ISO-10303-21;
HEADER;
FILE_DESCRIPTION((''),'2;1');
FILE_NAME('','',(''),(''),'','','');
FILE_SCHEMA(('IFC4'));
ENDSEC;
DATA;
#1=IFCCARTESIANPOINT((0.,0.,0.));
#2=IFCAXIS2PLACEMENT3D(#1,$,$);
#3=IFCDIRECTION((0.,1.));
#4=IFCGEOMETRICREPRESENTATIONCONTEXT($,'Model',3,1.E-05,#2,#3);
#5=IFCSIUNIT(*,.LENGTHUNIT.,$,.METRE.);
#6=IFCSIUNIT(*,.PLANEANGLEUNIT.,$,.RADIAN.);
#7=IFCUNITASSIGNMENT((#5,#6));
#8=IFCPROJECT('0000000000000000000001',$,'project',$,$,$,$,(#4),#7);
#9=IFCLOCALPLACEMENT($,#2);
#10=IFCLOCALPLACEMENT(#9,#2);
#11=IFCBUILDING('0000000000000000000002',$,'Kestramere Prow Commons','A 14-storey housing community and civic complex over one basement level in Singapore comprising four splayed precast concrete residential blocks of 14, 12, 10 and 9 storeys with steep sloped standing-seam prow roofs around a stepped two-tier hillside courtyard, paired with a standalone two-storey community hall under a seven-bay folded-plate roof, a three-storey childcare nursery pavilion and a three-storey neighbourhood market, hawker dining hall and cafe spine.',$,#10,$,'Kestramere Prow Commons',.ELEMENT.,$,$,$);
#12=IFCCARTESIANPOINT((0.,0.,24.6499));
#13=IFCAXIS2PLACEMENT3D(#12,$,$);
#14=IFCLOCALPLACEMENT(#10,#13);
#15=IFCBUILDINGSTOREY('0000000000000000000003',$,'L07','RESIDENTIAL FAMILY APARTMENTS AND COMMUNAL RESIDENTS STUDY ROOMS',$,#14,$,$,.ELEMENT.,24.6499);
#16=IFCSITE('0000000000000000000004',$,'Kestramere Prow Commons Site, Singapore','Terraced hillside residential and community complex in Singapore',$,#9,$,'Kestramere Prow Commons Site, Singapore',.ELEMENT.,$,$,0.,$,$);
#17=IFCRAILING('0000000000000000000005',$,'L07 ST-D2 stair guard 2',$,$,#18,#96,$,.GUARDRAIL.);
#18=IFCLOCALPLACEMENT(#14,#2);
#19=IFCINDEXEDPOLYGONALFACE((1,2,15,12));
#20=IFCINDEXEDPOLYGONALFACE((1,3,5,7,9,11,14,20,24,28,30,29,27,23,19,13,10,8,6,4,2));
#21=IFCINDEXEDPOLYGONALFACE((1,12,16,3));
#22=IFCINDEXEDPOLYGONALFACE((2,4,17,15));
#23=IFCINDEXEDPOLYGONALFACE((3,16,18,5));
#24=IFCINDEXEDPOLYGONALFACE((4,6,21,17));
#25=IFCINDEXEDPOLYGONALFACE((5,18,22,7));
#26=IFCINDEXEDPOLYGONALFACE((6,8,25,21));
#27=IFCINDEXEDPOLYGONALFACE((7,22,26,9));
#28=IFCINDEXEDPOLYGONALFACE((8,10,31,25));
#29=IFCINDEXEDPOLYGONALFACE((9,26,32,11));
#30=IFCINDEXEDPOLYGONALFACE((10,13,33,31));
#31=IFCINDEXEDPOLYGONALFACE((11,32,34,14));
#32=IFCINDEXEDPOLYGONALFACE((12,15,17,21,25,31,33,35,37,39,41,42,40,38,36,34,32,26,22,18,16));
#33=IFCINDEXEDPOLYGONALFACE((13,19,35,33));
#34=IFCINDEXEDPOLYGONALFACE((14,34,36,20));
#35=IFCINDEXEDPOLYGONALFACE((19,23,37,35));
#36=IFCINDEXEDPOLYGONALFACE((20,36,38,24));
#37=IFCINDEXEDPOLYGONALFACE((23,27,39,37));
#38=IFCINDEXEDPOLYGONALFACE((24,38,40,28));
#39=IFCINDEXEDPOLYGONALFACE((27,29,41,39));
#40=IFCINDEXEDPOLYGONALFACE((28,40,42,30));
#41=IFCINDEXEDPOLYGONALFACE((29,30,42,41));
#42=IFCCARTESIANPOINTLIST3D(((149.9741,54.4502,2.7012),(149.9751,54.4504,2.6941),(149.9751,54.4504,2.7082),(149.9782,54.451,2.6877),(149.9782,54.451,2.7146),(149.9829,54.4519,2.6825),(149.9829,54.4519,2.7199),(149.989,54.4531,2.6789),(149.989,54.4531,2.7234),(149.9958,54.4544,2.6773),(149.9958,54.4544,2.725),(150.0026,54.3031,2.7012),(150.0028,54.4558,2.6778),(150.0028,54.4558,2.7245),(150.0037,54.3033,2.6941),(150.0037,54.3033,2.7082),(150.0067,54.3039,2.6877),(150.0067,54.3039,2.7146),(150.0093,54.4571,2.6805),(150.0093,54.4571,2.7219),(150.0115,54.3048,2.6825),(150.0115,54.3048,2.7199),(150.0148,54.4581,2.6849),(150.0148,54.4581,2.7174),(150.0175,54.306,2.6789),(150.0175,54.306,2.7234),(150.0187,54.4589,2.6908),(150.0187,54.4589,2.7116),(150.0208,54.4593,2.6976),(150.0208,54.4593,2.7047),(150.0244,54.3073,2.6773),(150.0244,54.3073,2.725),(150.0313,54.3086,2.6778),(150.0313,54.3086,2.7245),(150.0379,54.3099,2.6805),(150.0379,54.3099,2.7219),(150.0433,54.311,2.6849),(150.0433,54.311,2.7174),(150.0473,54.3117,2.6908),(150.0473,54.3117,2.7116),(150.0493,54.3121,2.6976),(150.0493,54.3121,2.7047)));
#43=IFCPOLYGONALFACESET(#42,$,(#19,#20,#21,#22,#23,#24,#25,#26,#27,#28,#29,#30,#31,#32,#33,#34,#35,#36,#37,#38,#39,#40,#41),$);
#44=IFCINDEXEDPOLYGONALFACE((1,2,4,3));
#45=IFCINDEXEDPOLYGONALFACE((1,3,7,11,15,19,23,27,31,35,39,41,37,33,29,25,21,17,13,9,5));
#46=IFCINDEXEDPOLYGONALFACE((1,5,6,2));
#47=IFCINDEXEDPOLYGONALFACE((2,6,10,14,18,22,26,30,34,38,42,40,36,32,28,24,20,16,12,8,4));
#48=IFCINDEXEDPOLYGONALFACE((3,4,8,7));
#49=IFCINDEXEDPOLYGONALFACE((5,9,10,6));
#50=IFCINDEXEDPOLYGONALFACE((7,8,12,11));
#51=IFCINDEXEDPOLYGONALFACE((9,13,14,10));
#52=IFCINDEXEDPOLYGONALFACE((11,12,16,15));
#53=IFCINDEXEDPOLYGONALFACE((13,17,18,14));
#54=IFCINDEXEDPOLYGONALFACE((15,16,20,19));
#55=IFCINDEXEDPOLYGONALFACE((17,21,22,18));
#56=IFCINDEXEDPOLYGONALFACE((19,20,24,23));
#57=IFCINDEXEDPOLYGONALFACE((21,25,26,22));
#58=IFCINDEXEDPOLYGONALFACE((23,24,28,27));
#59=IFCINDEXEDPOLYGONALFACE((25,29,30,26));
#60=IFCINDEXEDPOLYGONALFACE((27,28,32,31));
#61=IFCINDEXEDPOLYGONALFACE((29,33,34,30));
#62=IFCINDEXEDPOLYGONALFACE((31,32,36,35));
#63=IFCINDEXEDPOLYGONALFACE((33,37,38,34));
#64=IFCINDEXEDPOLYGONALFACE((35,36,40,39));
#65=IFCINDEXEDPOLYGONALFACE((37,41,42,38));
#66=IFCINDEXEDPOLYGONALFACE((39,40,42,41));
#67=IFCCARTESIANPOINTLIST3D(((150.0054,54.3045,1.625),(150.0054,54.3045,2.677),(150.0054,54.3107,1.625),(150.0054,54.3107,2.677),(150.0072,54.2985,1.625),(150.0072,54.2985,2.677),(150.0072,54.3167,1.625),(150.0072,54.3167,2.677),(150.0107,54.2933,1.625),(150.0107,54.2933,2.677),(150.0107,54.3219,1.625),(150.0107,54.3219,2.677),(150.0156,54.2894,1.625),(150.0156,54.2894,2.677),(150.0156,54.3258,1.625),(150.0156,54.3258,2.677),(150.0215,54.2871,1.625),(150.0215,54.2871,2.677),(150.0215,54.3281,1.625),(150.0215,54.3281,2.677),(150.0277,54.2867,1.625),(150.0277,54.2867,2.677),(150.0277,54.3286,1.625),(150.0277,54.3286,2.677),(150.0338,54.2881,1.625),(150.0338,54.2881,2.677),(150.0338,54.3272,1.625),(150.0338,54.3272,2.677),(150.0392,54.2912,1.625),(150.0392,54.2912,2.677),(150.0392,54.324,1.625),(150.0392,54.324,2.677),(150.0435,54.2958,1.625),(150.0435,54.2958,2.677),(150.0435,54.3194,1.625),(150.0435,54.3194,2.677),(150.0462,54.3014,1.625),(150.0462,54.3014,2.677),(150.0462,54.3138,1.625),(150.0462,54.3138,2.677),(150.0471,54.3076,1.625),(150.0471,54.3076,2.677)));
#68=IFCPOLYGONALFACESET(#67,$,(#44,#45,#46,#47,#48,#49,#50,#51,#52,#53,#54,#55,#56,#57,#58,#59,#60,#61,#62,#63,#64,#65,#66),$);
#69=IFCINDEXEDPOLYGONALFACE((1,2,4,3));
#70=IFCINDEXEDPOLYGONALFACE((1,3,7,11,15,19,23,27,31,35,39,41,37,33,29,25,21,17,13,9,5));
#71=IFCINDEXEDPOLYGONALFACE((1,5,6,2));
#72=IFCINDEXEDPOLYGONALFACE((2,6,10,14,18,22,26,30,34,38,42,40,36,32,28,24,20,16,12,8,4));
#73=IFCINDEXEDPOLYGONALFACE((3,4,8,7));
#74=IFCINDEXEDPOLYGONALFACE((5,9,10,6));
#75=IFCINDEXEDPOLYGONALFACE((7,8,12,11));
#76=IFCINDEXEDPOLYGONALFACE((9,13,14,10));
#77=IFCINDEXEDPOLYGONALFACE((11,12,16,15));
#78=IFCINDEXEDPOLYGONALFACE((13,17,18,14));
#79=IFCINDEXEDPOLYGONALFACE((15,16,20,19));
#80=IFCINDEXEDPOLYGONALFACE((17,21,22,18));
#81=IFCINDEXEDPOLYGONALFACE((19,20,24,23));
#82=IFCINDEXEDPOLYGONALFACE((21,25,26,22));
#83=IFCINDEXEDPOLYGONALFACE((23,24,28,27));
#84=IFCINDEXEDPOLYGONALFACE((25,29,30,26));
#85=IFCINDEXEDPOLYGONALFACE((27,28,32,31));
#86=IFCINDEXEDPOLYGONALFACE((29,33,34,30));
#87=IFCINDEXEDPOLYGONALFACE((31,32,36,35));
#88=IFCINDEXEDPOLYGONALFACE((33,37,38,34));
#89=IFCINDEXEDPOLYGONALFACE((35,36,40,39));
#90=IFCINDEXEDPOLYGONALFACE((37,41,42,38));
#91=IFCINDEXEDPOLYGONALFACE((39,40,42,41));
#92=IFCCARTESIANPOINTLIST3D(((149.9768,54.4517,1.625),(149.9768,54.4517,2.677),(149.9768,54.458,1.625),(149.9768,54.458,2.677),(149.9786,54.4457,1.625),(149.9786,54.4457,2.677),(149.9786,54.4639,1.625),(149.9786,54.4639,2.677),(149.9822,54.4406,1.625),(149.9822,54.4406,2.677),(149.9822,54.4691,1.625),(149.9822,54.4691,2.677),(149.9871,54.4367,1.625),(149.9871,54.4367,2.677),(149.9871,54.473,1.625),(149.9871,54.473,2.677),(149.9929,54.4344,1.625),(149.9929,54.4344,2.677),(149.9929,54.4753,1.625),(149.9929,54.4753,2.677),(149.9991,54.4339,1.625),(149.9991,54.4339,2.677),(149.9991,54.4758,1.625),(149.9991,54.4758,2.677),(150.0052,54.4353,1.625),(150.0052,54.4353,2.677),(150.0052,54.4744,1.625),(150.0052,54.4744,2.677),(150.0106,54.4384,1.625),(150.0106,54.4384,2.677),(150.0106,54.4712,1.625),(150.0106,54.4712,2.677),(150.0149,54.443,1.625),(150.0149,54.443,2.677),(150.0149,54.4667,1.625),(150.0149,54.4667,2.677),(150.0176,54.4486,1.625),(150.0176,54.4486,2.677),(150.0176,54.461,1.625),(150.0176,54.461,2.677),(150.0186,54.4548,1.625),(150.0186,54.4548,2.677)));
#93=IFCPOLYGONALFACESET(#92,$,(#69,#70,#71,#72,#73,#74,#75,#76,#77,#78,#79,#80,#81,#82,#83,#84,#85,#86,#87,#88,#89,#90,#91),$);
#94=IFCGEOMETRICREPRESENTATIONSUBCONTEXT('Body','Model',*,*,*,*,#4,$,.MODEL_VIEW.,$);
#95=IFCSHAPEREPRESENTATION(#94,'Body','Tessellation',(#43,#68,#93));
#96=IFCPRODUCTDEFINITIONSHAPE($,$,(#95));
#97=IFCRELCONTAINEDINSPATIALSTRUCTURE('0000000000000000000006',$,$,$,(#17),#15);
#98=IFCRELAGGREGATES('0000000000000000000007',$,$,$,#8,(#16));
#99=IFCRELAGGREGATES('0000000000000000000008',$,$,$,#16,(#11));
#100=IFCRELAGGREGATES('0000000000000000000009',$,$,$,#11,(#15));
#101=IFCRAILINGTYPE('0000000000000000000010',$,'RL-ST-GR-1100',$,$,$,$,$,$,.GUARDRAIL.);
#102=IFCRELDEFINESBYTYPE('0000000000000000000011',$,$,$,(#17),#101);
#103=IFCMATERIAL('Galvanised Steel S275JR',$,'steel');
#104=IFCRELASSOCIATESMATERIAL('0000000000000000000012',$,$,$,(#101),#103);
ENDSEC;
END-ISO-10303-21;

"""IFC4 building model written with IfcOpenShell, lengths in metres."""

from ifc_helpers import new_model, si_unit, direction, frame, origin, origin_2d, place, context, subcontext, project, spatial, circle, extrude, material, type_object, element, save


model = new_model("IFC4")

# Units and contexts
model_context = context("Model", 3, precision=1e-05, world=origin(), true_north=direction((0.0, 1.0)))
body_context = subcontext(model_context, "Body", "Model", "MODEL_VIEW")
ifc_project = project(units=[si_unit("LENGTHUNIT", "METRE"), si_unit("PLANEANGLEUNIT", "RADIAN")], contexts=[model_context])

# Site, building, storey
site_placement = place(None, origin())
site = spatial("IfcSite", under=ifc_project, at=site_placement, Name="Kestramere Prow Commons Site, Singapore", Description="Terraced hillside residential and community complex in Singapore", LongName="Kestramere Prow Commons Site, Singapore", CompositionType="ELEMENT", RefElevation=0.0)
building_placement = place(site_placement, origin())
building = spatial("IfcBuilding", under=site, at=building_placement, Name="Kestramere Prow Commons", Description="A 14-storey housing community and civic complex over one basement level in Singapore comprising four splayed precast concrete residential blocks of 14, 12, 10 and 9 storeys with steep sloped standing-seam prow roofs around a stepped two-tier hillside courtyard, paired with a standalone two-storey community hall under a seven-bay folded-plate roof, a three-storey childcare nursery pavilion and a three-storey neighbourhood market, hawker dining hall and cafe spine.", LongName="Kestramere Prow Commons", CompositionType="ELEMENT")
storey_placement = place(building_placement, frame((0.0, 0.0, 24.6499)))
storey = spatial("IfcBuildingStorey", under=building, at=storey_placement, Name="L07", Description="RESIDENTIAL FAMILY APARTMENTS AND COMMUNAL RESIDENTS STUDY ROOMS", CompositionType="ELEMENT", Elevation=24.6499)

# Railing
ifc_material_1 = material(Name="Galvanised Steel S275JR", Category="steel")
railing_type_1 = type_object("IfcRailingType", Name="RL-ST-GR-1100", PredefinedType="GUARDRAIL", material=ifc_material_1)
railing_1_placement = place(storey_placement, frame((150.0261, 54.3076, 1.625)))
element("IfcRailing", 1, at=railing_1_placement, inside=storey, type_object=railing_type_1, Name="L07 ST-D2 stair guard 2", PredefinedType="GUARDRAIL", context=body_context, shape_type="SweptSolid", body=[
    extrude(circle(Radius=0.0239, at=origin_2d()), frame((0.0, 0.0, 1.0762), z_axis=(-0.190477, 0.981692, 0.0), x_axis=(-0.981692, -0.190477, 0.0)), (0.0, 0.0, 1.0), 0.1499),
    extrude(circle(Radius=0.021, at=origin_2d()), origin(), (0.0, 0.0, 1.0), 1.052),
    extrude(circle(Radius=0.021, at=origin_2d()), frame((-0.0286, 0.1472, 0.0)), (0.0, 0.0, 1.0), 1.052),
])

save(model, "model.ifc")
